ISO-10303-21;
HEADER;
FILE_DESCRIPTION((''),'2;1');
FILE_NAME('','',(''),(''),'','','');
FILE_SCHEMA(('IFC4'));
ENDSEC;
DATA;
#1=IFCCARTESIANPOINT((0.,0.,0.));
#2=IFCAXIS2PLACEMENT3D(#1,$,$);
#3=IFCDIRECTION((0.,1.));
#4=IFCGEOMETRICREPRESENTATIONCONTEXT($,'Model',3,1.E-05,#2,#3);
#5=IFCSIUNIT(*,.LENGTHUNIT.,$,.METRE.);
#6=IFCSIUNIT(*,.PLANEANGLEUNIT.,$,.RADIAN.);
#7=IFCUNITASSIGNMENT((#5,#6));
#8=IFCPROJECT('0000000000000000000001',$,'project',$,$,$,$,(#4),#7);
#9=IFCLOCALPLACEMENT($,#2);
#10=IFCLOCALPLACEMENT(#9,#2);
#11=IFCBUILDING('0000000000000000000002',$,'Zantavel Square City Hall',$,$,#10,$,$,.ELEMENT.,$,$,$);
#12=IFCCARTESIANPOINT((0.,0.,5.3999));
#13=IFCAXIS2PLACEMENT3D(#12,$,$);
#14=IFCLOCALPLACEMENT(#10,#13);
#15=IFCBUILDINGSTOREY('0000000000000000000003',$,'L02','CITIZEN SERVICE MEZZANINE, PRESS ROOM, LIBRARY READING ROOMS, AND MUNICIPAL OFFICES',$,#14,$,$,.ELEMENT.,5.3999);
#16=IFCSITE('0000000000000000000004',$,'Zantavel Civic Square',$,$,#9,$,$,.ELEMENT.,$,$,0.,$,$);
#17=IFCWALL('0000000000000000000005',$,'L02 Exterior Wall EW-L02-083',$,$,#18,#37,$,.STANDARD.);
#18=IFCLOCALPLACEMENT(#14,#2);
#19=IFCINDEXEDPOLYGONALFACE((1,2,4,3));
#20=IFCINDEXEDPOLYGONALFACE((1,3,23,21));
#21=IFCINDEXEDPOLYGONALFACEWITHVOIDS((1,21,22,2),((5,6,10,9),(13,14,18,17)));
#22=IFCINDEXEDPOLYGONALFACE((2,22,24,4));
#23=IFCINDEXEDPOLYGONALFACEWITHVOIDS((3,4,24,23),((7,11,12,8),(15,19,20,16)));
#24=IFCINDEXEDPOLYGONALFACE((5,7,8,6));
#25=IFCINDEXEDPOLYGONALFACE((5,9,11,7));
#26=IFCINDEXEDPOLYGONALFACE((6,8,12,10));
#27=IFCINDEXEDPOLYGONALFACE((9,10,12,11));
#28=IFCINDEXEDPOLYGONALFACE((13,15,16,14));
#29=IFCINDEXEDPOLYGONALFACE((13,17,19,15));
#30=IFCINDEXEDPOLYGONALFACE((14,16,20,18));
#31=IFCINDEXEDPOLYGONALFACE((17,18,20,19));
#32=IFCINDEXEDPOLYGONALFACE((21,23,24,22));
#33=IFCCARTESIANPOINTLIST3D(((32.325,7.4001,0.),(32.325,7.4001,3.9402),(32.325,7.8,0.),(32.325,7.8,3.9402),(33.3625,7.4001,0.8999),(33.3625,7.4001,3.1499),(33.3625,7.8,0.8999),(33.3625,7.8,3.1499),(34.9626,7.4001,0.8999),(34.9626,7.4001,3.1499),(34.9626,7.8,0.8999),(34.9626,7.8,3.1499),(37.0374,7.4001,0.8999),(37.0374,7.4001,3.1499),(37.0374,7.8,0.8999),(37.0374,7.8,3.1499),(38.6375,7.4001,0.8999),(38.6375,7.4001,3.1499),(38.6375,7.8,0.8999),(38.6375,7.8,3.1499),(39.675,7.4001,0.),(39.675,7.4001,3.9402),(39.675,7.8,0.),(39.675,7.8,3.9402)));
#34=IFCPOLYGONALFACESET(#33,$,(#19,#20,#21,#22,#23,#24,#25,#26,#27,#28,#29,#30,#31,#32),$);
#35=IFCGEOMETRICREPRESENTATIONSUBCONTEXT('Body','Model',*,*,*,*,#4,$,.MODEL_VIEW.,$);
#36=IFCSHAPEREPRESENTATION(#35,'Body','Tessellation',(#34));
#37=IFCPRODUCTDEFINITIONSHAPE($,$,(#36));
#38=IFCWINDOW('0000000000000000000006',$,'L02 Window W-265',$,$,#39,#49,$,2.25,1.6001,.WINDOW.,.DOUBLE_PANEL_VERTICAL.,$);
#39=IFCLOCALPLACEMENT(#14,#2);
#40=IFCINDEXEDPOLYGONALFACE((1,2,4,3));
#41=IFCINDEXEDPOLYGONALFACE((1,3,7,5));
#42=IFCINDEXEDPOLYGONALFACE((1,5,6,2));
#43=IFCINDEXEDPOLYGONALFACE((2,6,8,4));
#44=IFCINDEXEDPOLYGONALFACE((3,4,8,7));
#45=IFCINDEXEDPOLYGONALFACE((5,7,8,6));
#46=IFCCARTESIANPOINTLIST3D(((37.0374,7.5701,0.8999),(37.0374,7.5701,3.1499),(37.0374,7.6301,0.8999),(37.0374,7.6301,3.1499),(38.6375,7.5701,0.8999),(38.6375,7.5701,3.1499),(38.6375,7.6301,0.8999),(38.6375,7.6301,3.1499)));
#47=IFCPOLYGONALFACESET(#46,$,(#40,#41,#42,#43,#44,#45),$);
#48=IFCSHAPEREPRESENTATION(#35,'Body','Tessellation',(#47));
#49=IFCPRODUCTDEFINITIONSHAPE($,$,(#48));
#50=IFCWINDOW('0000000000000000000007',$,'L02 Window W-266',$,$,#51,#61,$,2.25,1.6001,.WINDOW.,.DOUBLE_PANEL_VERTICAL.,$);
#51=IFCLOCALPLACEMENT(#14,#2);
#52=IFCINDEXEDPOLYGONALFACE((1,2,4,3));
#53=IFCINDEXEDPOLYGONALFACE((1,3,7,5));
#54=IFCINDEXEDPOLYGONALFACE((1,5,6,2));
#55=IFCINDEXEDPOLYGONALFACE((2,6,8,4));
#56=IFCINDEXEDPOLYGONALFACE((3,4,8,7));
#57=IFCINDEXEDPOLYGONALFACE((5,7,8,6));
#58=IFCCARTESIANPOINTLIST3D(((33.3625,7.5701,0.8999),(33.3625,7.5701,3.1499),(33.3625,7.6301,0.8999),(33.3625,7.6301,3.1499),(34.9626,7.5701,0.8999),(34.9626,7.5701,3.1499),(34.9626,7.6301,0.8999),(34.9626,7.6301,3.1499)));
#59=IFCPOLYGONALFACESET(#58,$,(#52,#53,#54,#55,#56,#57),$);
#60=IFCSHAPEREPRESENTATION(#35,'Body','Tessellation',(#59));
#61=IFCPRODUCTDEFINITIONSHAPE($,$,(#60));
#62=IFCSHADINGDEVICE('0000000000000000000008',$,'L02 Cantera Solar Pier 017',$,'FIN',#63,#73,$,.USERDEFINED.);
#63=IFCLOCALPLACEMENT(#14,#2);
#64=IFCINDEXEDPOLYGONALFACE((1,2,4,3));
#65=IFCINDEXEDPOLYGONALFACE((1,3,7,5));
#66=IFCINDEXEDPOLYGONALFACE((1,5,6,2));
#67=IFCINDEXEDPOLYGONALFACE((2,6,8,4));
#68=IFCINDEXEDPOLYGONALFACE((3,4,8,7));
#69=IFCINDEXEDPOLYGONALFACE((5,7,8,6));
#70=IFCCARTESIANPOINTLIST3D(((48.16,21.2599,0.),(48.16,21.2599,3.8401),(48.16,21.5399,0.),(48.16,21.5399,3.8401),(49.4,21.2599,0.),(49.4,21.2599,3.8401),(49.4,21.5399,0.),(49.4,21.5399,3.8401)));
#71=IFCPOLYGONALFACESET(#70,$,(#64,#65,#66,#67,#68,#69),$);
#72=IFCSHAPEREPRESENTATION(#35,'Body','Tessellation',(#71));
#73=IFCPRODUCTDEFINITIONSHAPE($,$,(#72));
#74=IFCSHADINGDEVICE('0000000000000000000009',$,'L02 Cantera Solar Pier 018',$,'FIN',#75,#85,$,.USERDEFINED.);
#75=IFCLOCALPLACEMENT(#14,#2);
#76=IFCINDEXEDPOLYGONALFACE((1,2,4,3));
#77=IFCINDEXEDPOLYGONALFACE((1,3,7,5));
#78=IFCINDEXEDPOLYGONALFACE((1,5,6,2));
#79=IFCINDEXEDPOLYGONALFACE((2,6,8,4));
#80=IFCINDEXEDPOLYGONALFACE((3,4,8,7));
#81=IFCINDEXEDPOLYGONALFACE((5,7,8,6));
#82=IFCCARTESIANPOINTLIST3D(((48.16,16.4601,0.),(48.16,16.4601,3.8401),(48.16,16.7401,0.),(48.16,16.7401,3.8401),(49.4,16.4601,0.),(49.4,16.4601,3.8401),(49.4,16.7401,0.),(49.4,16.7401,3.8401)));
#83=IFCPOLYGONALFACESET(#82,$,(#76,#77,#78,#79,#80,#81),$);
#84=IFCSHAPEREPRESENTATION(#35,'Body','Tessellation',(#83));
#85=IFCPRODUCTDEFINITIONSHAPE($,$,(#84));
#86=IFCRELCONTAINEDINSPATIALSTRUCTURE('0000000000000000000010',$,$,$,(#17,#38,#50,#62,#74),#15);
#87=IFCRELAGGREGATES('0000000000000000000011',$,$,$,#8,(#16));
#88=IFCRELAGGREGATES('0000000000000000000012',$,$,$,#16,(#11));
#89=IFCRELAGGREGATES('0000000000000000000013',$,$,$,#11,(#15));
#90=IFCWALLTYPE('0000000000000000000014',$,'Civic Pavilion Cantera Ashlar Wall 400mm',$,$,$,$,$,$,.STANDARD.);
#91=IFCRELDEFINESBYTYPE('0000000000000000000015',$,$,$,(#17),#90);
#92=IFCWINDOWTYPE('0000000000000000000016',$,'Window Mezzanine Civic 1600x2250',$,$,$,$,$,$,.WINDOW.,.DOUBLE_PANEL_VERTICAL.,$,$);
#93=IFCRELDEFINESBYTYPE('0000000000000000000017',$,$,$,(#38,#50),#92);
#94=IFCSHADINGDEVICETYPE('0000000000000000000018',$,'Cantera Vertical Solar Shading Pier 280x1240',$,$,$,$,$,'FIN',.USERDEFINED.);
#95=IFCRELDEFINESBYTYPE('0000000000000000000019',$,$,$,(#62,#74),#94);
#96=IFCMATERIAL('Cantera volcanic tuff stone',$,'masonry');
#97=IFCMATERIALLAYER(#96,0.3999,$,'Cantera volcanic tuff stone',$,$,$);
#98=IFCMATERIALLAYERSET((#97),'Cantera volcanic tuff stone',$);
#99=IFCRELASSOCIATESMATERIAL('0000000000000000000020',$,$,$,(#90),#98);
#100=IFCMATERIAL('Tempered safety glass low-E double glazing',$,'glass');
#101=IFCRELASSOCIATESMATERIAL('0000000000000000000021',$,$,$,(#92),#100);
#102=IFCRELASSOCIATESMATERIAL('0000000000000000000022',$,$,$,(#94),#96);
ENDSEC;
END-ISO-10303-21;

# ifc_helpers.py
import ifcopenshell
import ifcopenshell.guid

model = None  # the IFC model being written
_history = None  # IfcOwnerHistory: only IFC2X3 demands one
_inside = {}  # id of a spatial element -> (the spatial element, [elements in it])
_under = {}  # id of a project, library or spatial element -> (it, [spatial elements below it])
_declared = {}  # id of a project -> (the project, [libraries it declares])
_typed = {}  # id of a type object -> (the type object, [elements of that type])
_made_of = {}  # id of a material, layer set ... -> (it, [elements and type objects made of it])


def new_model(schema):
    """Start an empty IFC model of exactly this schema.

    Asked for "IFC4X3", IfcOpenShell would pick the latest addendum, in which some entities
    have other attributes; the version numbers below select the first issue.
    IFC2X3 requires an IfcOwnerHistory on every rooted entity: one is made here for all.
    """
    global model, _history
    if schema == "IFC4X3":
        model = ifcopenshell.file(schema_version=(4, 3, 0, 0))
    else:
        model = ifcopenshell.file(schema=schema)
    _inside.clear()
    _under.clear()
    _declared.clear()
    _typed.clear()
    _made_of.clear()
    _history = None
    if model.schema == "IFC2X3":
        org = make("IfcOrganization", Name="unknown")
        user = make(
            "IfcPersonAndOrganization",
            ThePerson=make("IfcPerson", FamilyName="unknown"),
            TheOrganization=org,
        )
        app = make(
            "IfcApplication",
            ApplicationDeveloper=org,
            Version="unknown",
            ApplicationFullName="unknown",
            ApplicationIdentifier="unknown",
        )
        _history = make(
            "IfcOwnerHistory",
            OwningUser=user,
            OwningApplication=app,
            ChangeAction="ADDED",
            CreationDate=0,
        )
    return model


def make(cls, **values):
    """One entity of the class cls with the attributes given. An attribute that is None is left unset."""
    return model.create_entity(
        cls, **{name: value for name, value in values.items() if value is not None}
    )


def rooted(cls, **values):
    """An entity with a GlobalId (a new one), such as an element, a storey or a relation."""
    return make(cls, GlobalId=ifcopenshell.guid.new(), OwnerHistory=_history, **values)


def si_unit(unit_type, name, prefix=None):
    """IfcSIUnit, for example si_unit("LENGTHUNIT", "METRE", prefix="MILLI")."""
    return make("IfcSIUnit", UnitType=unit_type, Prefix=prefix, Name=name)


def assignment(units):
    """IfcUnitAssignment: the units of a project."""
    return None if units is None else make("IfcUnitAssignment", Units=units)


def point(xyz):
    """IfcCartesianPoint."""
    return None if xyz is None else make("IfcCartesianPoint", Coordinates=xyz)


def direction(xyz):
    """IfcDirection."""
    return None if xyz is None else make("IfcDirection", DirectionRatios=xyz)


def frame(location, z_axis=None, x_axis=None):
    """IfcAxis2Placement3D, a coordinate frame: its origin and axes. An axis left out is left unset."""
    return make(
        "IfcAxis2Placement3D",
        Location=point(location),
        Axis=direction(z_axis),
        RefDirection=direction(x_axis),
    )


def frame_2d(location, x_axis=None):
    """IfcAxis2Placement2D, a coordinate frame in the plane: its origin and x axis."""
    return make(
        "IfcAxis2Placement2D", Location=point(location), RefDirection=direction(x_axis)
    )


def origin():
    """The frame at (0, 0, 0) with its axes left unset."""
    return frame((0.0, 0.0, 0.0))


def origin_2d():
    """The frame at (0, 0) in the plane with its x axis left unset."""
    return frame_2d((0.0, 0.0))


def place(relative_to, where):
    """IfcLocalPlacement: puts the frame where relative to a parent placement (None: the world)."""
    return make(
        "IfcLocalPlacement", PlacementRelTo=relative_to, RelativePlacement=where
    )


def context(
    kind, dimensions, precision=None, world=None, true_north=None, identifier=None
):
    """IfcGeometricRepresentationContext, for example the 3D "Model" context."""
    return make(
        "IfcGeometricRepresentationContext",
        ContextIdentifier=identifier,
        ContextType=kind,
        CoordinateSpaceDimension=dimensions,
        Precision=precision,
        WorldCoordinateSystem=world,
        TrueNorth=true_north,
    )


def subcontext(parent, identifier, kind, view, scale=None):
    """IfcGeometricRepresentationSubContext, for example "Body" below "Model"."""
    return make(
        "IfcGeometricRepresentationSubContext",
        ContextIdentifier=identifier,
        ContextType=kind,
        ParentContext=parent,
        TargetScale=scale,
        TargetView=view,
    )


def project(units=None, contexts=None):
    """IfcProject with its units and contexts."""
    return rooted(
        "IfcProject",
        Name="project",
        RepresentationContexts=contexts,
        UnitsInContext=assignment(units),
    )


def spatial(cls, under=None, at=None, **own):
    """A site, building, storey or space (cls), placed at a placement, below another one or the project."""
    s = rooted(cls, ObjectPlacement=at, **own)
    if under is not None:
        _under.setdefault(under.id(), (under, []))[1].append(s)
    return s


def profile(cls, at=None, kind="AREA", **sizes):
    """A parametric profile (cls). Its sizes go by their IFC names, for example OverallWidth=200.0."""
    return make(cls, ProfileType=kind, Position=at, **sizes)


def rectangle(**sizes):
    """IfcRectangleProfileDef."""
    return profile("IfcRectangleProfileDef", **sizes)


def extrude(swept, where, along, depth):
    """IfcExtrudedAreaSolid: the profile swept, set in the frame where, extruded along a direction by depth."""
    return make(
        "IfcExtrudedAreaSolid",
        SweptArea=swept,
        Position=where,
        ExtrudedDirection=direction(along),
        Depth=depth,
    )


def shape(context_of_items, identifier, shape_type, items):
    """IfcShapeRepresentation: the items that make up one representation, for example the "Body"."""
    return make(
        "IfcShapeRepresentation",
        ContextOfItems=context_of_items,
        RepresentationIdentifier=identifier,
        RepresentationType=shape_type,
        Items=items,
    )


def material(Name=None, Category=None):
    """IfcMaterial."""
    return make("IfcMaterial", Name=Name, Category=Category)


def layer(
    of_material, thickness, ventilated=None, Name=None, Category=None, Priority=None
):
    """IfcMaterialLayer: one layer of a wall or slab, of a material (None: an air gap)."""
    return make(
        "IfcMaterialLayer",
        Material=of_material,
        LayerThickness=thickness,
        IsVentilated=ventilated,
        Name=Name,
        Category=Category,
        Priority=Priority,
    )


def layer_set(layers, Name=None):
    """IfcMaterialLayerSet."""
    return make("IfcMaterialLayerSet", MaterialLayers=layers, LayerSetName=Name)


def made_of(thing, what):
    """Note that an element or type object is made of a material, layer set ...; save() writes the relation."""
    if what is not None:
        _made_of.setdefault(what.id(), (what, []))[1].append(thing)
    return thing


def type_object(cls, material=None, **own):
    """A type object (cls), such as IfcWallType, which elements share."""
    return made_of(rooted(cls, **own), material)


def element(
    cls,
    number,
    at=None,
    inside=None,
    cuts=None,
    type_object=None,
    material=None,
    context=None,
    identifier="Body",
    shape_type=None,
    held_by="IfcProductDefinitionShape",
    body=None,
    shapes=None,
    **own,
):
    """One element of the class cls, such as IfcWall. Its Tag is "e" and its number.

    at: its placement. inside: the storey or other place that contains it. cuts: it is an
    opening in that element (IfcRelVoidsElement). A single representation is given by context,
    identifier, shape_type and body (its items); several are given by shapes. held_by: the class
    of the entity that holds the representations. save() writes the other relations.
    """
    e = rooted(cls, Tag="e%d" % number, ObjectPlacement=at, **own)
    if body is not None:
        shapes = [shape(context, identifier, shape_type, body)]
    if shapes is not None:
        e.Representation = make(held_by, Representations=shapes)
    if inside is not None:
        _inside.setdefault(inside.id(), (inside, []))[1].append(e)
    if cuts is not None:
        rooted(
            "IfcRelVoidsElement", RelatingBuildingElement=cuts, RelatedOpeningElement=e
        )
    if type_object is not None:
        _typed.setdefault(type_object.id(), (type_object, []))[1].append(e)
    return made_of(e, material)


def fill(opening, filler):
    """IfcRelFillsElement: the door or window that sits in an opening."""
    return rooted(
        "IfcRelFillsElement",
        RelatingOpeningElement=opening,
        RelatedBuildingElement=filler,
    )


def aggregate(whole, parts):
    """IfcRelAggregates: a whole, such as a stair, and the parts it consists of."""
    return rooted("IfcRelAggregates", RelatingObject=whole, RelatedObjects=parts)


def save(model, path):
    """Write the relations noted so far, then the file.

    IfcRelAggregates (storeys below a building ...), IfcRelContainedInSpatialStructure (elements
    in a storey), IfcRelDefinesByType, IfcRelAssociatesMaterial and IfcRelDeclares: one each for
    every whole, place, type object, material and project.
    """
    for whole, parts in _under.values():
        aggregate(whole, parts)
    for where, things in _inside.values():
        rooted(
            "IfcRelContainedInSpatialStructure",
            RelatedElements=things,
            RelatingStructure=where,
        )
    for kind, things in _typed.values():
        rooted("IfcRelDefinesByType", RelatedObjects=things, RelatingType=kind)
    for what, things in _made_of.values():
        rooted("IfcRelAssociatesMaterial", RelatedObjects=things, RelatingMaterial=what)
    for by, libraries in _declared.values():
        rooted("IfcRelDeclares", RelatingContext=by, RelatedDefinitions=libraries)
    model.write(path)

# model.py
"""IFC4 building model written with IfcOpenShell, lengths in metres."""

from ifc_helpers import new_model, si_unit, direction, frame, frame_2d, origin, origin_2d, place, context, subcontext, project, spatial, rectangle, extrude, material, layer, layer_set, type_object, element, fill, save


model = new_model("IFC4")

# Units and contexts
model_context = context("Model", 3, precision=1e-05, world=origin(), true_north=direction((0.0, 1.0)))
body_context = subcontext(model_context, "Body", "Model", "MODEL_VIEW")
ifc_project = project(units=[si_unit("LENGTHUNIT", "METRE"), si_unit("PLANEANGLEUNIT", "RADIAN")], contexts=[model_context])

# Site, building, storey
site_placement = place(None, origin())
site = spatial("IfcSite", under=ifc_project, at=site_placement, Name="Zantavel Civic Square", CompositionType="ELEMENT", RefElevation=0.0)
building_placement = place(site_placement, origin())
building = spatial("IfcBuilding", under=site, at=building_placement, Name="Zantavel Square City Hall", CompositionType="ELEMENT")
storey_placement = place(building_placement, frame((0.0, 0.0, 5.3999)))
storey = spatial("IfcBuildingStorey", under=building, at=storey_placement, Name="L02", Description="CITIZEN SERVICE MEZZANINE, PRESS ROOM, LIBRARY READING ROOMS, AND MUNICIPAL OFFICES", CompositionType="ELEMENT", Elevation=5.3999)

# Shared definitions
ifc_material_1 = material(Name="Cantera volcanic tuff stone", Category="masonry")
ifc_layer_1 = layer(ifc_material_1, 0.3999, Name="Cantera volcanic tuff stone")
ifc_layer_set_1 = layer_set([ifc_layer_1], Name="Cantera volcanic tuff stone")
wall_type_1 = type_object("IfcWallType", Name="Civic Pavilion Cantera Ashlar Wall 400mm", PredefinedType="STANDARD", material=ifc_layer_set_1)
ifc_material_2 = material(Name="Tempered safety glass low-E double glazing", Category="glass")

# Wall, openings, windows
window_type_1 = type_object("IfcWindowType", Name="Window Mezzanine Civic 1600x2250", PartitioningType="DOUBLE_PANEL_VERTICAL", PredefinedType="WINDOW", material=ifc_material_2)
wall_1_placement = place(storey_placement, frame((39.675, 7.6001, 0.0), z_axis=(0.0, 0.0, 1.0), x_axis=(-1.0, 0.0, 0.0)))
wall_1 = element("IfcWall", 1, at=wall_1_placement, inside=storey, type_object=wall_type_1, Name="L02 Exterior Wall EW-L02-083", PredefinedType="STANDARD", context=body_context, shape_type="SweptSolid", body=[
    extrude(rectangle(XDim=7.3501, YDim=0.3999, at=frame_2d((3.675, 0.0))), origin(), (0.0, 0.0, 1.0), 3.9402),
])
opening_1_placement = place(wall_1_placement, frame((1.0376, 0.0, 0.8999)))
opening_1 = element("IfcOpeningElement", 2, at=opening_1_placement, cuts=wall_1, PredefinedType="OPENING", context=body_context, shape_type="SweptSolid", body=[
    extrude(rectangle(XDim=1.6001, YDim=2.25, at=frame_2d((0.8, 1.125))), frame((0.0, 0.21, 0.0), z_axis=(0.0, -1.0, 0.0), x_axis=(1.0, 0.0, 0.0)), (0.0, 0.0, 1.0), 0.4199),
])
opening_2_placement = place(wall_1_placement, frame((4.7124, 0.0, 0.8999)))
opening_2 = element("IfcOpeningElement", 3, at=opening_2_placement, cuts=wall_1, PredefinedType="OPENING", context=body_context, shape_type="SweptSolid", body=[
    extrude(rectangle(XDim=1.6001, YDim=2.25, at=frame_2d((0.8, 1.125))), frame((0.0, 0.21, 0.0), z_axis=(0.0, -1.0, 0.0), x_axis=(1.0, 0.0, 0.0)), (0.0, 0.0, 1.0), 0.4199),
])
window_1_placement = place(opening_1_placement, origin())
window_1 = element("IfcWindow", 4, at=window_1_placement, inside=storey, type_object=window_type_1, Name="L02 Window W-265", OverallHeight=2.25, OverallWidth=1.6001, PartitioningType="DOUBLE_PANEL_VERTICAL", PredefinedType="WINDOW", context=body_context, shape_type="SweptSolid", body=[
    extrude(rectangle(XDim=1.6001, YDim=2.25, at=frame_2d((0.8, 1.125))), frame((0.0, 0.03, 0.0), z_axis=(0.0, -1.0, 0.0), x_axis=(1.0, 0.0, 0.0)), (0.0, 0.0, 1.0), 0.0601),
])
fill(opening_1, window_1)
window_2_placement = place(opening_2_placement, origin())
window_2 = element("IfcWindow", 5, at=window_2_placement, inside=storey, type_object=window_type_1, Name="L02 Window W-266", OverallHeight=2.25, OverallWidth=1.6001, PartitioningType="DOUBLE_PANEL_VERTICAL", PredefinedType="WINDOW", context=body_context, shape_type="SweptSolid", body=[
    extrude(rectangle(XDim=1.6001, YDim=2.25, at=frame_2d((0.8, 1.125))), frame((0.0, 0.03, 0.0), z_axis=(0.0, -1.0, 0.0), x_axis=(1.0, 0.0, 0.0)), (0.0, 0.0, 1.0), 0.0601),
])
fill(opening_2, window_2)

# Shading devices
shading_device_type = type_object("IfcShadingDeviceType", Name="Cantera Vertical Solar Shading Pier 280x1240", ElementType="FIN", PredefinedType="USERDEFINED", material=ifc_material_1)
for number, where, z_axis, x_axis, name in (
    (6, (48.78, 21.3999, 0.0), (0.0, 0.0, 1.0), (1.0, 0.0, 0.0), "L02 Cantera Solar Pier 017"),
    (7, (48.78, 16.6001, 0.0), (0.0, 0.0, 1.0), (1.0, 0.0, 0.0), "L02 Cantera Solar Pier 018"),
):
    element("IfcShadingDevice", number, at=place(storey_placement, frame(where, z_axis=z_axis, x_axis=x_axis)), inside=storey, type_object=shading_device_type, Name=name, ObjectType="FIN", PredefinedType="USERDEFINED", context=body_context, shape_type="SweptSolid", body=[
        extrude(rectangle(XDim=1.24, YDim=0.28, at=origin_2d()), origin(), (0.0, 0.0, 1.0), 3.8401),
    ])

save(model, "model.ifc")
